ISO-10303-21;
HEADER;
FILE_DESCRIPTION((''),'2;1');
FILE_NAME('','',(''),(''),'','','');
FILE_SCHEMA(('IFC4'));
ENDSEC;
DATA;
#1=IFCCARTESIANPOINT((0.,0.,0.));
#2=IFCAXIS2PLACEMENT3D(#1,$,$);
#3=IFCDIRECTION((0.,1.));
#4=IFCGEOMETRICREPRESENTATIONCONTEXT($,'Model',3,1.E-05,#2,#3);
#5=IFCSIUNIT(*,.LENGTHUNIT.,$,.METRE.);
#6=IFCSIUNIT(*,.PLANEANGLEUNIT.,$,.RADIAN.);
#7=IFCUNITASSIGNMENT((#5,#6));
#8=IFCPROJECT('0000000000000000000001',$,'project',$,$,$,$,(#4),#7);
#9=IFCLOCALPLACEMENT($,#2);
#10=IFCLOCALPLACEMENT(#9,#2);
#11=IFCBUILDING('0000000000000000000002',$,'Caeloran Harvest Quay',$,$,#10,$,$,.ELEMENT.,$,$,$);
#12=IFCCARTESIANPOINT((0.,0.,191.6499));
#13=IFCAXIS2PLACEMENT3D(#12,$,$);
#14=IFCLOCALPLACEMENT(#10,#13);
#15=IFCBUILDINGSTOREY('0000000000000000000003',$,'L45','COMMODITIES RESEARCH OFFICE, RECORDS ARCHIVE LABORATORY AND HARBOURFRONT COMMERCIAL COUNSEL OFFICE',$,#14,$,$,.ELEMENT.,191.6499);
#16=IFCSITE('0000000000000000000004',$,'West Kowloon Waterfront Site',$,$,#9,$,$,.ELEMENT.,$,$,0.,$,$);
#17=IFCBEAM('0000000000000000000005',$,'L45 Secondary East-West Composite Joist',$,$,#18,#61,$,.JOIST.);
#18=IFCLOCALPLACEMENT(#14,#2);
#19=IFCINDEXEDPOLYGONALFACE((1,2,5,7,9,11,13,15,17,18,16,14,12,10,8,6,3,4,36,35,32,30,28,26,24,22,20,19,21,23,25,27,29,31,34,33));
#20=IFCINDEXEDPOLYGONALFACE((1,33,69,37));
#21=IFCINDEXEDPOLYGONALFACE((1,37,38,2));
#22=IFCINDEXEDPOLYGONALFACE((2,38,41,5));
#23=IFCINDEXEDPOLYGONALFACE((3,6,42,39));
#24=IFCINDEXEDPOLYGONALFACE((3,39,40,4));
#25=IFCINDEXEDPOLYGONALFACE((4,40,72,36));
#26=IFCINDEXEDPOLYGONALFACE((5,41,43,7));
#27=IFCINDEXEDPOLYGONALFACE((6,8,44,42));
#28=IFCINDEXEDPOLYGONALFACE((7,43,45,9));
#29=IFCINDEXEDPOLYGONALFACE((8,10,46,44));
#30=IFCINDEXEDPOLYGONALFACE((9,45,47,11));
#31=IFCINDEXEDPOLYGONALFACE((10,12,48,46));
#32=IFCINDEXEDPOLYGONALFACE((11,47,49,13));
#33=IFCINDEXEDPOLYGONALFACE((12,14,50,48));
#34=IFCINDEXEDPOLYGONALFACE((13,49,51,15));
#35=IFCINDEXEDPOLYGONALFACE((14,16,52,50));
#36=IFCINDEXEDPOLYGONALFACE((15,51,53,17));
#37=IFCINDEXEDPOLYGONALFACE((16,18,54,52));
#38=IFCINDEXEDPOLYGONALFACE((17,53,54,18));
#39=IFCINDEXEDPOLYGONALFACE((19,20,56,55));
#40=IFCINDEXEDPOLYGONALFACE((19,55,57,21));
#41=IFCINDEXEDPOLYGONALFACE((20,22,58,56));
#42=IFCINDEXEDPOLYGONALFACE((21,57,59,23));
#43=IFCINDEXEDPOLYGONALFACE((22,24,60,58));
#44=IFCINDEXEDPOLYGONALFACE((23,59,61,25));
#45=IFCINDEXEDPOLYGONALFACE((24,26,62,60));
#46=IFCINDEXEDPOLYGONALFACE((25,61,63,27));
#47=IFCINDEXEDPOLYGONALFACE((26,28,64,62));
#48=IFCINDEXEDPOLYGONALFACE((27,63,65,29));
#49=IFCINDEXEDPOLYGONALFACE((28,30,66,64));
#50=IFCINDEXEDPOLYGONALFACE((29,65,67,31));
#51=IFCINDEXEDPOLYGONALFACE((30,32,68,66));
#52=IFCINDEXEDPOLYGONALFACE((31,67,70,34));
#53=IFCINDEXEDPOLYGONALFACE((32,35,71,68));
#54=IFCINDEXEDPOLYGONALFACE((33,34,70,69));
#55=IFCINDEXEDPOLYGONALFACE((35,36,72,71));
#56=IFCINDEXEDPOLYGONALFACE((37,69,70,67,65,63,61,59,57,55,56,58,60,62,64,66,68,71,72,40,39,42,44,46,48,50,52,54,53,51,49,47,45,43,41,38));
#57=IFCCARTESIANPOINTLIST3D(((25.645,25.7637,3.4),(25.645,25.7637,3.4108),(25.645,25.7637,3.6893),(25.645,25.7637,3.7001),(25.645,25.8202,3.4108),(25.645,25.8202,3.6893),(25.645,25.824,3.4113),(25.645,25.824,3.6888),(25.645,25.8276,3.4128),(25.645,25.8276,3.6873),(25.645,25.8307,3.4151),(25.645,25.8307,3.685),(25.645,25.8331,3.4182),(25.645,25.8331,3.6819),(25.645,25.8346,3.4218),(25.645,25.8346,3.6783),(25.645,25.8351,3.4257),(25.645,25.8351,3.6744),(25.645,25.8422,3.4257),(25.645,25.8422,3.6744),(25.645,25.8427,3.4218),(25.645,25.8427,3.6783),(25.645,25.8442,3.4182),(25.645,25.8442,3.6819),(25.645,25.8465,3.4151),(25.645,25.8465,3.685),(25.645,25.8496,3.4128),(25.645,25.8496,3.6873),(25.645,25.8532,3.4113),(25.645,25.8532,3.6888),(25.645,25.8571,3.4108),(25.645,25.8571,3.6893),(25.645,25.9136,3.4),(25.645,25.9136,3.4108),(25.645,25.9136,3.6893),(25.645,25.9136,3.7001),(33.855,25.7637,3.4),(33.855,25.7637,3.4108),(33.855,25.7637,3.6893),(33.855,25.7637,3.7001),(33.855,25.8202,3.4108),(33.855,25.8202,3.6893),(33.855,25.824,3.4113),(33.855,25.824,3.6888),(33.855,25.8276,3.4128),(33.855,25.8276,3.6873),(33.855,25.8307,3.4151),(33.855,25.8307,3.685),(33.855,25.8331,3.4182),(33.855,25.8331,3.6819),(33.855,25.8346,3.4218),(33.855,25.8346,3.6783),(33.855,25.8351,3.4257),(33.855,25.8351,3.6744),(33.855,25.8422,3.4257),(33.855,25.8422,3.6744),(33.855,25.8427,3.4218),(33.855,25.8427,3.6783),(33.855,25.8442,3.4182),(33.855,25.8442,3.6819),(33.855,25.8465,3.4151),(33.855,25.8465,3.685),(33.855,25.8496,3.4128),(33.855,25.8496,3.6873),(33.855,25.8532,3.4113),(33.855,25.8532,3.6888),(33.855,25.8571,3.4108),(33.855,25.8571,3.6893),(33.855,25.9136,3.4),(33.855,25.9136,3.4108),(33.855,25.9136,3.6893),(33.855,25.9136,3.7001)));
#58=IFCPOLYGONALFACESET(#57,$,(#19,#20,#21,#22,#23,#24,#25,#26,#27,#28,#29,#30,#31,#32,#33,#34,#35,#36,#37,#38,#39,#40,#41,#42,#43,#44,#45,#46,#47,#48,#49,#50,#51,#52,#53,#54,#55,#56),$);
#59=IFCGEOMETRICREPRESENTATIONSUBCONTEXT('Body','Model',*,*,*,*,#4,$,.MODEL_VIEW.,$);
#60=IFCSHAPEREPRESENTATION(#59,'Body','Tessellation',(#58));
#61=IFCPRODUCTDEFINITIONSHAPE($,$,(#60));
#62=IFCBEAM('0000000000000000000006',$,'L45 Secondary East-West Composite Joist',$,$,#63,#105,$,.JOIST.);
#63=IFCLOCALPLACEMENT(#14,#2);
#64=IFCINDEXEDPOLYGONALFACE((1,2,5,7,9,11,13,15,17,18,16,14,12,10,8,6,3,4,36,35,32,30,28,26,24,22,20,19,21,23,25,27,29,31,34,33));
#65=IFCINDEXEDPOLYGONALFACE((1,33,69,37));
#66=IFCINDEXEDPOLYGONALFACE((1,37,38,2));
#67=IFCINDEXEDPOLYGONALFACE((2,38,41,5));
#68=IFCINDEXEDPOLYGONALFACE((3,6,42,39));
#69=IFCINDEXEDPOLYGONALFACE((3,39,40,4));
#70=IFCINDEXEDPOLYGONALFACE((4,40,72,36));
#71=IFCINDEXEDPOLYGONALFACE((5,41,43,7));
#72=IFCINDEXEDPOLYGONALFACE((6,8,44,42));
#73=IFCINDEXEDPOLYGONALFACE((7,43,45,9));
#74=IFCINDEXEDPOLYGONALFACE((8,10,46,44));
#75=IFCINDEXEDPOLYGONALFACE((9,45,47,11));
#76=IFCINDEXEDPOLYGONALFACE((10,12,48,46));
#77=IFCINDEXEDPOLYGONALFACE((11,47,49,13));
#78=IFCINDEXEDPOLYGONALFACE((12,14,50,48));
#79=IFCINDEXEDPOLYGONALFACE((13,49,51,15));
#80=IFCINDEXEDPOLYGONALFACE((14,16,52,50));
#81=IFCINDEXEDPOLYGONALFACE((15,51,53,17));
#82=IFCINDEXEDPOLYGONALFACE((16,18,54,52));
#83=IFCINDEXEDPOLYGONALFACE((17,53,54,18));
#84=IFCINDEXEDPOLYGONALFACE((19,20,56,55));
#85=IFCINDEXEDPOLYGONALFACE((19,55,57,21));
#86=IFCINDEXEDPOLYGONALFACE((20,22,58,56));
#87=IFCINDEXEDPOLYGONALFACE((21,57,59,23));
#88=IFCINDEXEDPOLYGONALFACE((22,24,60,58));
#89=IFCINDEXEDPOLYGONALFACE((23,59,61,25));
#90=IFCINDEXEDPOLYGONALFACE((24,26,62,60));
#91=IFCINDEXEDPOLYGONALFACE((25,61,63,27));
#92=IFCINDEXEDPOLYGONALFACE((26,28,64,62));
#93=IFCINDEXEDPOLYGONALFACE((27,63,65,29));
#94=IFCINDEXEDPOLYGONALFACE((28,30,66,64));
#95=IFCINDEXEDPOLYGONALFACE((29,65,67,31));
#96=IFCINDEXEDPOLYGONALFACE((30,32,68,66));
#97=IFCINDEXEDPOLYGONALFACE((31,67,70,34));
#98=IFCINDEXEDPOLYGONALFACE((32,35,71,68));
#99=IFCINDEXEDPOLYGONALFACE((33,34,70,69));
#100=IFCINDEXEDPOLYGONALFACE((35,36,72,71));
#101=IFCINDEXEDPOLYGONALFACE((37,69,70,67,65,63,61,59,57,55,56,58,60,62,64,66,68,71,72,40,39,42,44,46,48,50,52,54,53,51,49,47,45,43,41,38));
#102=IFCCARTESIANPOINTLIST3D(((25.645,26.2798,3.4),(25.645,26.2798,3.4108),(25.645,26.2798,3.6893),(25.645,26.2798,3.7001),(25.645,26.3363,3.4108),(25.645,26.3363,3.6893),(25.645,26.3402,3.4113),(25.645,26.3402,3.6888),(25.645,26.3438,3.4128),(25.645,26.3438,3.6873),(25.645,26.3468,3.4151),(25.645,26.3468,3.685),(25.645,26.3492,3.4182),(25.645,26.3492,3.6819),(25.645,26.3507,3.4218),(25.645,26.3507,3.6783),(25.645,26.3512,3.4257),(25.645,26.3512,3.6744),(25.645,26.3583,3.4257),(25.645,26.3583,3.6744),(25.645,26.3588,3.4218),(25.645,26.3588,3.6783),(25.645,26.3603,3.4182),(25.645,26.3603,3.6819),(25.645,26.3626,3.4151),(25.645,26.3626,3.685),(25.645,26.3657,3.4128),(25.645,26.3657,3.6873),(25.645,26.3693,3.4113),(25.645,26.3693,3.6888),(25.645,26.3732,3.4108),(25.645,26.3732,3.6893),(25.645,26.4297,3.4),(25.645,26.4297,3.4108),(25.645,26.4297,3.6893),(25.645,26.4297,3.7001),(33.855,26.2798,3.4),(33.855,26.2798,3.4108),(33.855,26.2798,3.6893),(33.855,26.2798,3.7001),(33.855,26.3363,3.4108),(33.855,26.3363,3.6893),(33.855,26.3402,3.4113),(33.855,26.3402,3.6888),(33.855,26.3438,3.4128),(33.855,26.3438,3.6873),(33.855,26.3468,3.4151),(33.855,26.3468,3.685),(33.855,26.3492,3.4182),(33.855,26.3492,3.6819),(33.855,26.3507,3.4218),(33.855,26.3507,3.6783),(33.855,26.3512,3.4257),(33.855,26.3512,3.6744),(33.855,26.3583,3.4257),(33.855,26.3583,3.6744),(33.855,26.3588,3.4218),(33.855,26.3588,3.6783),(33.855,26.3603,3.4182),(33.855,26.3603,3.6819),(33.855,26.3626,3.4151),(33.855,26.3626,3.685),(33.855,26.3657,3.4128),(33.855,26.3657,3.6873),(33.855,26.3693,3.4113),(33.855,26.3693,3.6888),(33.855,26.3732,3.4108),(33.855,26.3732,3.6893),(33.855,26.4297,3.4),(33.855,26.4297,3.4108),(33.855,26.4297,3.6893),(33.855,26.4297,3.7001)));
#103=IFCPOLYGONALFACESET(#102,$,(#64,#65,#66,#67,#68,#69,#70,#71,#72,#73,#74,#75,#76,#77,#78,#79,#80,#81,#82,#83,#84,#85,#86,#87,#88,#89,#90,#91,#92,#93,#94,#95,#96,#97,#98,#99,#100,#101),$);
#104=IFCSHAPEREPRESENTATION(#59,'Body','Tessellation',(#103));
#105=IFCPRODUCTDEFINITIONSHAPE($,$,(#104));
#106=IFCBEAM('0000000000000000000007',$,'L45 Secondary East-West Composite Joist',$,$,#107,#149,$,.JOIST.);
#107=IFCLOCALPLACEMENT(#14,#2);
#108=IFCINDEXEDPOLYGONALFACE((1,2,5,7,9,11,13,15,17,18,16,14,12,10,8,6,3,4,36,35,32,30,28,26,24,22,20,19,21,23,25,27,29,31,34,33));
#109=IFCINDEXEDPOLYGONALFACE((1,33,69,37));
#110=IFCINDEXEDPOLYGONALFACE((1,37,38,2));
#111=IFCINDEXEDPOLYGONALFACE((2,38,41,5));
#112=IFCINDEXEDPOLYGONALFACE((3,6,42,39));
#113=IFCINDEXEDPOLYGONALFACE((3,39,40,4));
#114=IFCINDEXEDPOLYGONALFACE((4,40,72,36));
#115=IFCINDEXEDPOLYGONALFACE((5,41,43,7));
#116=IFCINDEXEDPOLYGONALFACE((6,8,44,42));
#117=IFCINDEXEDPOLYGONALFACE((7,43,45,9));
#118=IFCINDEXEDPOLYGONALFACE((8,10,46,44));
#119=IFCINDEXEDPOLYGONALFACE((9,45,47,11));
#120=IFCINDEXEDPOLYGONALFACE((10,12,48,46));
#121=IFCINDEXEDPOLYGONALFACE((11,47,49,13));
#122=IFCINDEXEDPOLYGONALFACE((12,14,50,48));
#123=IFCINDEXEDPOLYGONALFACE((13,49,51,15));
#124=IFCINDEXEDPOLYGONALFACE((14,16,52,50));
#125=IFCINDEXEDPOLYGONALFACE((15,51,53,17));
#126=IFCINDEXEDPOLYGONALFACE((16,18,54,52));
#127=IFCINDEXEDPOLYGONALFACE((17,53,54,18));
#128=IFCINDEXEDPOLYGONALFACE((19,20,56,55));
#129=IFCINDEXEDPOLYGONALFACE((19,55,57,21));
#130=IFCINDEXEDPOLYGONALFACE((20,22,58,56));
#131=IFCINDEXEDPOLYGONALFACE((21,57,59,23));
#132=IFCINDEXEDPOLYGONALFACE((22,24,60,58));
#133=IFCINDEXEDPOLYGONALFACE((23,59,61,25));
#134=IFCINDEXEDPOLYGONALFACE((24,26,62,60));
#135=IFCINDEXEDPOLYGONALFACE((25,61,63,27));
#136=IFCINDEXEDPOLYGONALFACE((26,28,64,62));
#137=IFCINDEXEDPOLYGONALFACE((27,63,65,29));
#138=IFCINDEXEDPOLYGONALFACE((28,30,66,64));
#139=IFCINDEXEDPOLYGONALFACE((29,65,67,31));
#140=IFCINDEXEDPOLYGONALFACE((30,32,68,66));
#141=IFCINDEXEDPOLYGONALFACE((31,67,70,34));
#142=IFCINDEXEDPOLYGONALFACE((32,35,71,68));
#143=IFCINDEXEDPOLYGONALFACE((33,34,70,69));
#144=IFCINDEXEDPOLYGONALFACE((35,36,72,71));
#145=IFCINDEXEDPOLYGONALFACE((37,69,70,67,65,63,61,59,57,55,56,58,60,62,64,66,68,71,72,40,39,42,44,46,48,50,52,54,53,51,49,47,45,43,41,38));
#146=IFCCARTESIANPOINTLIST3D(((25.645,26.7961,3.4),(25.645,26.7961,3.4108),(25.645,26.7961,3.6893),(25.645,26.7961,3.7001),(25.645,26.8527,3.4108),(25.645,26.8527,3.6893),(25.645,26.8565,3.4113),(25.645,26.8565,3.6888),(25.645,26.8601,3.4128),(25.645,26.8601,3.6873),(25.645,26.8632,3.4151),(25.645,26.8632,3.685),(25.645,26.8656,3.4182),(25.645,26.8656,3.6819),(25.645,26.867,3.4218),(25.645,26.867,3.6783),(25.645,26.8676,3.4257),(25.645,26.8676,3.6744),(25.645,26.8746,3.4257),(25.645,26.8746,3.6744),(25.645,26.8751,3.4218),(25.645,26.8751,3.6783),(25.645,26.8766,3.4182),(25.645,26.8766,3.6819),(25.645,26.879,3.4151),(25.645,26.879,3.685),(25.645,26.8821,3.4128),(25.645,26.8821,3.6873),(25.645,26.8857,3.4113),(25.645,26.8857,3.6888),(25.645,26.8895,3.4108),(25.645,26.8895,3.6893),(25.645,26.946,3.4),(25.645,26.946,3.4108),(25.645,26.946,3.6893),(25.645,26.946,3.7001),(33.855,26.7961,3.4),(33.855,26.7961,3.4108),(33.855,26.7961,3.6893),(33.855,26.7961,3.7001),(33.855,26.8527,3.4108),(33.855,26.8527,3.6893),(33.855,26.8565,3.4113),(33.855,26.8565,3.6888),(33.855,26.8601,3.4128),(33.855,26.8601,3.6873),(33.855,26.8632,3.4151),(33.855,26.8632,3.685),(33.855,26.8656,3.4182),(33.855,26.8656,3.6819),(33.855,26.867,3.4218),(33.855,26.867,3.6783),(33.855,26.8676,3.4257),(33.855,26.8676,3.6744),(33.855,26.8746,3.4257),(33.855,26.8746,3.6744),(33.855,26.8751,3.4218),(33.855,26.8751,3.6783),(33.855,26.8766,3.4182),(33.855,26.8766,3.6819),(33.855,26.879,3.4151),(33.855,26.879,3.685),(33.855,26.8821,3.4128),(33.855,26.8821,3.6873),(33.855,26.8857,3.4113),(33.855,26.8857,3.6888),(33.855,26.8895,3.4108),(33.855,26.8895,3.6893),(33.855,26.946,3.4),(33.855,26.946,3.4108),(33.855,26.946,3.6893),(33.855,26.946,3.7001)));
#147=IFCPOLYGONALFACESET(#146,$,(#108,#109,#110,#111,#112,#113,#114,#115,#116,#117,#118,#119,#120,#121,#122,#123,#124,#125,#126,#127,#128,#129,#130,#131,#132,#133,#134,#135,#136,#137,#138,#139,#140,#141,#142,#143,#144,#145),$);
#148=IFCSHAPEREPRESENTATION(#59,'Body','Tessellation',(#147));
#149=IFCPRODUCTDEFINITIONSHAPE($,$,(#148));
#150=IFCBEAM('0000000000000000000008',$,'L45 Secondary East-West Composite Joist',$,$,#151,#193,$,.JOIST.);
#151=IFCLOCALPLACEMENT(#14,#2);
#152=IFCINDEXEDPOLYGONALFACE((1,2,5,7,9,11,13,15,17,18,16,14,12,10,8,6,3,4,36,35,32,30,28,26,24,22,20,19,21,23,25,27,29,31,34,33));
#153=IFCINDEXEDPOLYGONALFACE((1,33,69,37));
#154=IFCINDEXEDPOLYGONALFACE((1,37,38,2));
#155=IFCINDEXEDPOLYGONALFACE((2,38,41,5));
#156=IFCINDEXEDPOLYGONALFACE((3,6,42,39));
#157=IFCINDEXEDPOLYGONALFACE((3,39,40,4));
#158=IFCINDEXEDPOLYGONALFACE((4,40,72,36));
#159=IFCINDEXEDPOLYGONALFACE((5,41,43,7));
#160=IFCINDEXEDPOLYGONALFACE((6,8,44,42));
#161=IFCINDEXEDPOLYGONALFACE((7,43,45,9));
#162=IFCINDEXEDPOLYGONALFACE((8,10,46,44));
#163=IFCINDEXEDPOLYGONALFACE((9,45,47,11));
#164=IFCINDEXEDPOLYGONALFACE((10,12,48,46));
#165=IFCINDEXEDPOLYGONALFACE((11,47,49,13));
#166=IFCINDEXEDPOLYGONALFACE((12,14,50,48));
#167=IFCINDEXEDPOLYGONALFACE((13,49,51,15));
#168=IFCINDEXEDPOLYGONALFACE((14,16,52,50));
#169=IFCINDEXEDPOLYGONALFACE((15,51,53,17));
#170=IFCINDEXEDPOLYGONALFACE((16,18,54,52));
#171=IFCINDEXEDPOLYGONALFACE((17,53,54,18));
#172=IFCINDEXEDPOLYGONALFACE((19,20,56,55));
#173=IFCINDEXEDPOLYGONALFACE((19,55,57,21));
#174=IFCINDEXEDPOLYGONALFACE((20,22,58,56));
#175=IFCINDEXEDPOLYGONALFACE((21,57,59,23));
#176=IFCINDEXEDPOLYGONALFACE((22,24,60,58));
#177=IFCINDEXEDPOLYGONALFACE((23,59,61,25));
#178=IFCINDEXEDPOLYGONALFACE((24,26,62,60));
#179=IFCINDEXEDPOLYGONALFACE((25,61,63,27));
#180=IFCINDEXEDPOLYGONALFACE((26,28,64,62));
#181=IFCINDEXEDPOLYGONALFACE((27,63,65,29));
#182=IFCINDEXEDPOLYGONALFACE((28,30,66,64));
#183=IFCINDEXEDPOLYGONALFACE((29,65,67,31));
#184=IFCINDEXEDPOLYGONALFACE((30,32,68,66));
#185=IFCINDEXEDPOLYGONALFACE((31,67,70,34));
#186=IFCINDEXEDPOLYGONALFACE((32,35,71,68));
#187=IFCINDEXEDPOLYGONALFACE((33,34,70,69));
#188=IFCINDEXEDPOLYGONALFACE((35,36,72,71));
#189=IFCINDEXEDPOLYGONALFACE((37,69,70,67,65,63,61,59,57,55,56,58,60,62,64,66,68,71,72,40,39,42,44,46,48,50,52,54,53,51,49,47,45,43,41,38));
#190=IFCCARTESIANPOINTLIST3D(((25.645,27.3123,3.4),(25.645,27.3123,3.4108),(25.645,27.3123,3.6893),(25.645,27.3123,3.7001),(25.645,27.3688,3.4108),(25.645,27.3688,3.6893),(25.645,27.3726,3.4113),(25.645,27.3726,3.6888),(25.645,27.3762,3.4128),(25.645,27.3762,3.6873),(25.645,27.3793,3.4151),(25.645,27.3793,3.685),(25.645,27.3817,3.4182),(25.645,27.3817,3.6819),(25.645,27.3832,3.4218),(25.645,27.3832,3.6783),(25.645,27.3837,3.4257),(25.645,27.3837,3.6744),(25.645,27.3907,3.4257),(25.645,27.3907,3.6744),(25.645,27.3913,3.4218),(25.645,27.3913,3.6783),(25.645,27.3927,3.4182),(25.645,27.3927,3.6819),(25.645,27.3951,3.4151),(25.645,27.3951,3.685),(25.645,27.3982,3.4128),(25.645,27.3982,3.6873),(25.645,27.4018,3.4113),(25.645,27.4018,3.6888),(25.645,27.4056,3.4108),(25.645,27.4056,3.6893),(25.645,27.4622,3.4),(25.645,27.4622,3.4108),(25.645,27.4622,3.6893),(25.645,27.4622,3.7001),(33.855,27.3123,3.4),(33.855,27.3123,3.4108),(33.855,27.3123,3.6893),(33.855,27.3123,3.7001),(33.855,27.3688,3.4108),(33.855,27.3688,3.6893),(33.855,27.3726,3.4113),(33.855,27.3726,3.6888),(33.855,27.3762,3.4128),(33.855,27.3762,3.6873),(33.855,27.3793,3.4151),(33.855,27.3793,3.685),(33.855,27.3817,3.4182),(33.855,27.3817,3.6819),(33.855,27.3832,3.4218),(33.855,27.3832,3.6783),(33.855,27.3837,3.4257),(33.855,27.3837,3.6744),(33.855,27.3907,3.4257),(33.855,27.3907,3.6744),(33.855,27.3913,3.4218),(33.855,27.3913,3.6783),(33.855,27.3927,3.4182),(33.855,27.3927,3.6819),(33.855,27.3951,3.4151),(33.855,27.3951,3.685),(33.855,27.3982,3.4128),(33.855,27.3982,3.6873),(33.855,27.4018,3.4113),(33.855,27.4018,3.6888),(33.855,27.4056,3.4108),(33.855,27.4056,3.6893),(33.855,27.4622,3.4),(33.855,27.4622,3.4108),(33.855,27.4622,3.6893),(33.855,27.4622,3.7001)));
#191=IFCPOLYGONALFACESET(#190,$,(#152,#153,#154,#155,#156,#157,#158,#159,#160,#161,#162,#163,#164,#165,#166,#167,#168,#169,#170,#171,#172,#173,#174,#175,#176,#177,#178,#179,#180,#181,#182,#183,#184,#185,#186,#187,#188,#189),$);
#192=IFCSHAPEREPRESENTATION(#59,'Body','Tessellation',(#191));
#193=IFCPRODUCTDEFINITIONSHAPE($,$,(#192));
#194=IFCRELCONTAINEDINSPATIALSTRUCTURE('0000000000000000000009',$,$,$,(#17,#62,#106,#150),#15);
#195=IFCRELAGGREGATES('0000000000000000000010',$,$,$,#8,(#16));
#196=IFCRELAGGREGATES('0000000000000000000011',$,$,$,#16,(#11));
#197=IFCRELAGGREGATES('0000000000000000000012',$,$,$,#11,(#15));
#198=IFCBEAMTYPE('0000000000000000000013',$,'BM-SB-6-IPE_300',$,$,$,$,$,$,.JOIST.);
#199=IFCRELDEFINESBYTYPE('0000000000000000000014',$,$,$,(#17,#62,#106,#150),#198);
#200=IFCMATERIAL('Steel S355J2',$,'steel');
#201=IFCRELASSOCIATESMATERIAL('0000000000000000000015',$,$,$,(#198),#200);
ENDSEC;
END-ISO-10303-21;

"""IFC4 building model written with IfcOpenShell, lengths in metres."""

from ifc_helpers import new_model, si_unit, direction, frame, origin, origin_2d, place, context, subcontext, project, spatial, i_section, extrude, material, material_profile, profile_set, type_object, element, save


model = new_model("IFC4")

# Units and contexts
model_context = context("Model", 3, precision=1e-05, world=origin(), true_north=direction((0.0, 1.0)))
body_context = subcontext(model_context, "Body", "Model", "MODEL_VIEW")
ifc_project = project(units=[si_unit("LENGTHUNIT", "METRE"), si_unit("PLANEANGLEUNIT", "RADIAN")], contexts=[model_context])

# Site, building, storey
site_placement = place(None, origin())
site = spatial("IfcSite", under=ifc_project, at=site_placement, Name="West Kowloon Waterfront Site", CompositionType="ELEMENT", RefElevation=0.0)
building_placement = place(site_placement, origin())
building = spatial("IfcBuilding", under=site, at=building_placement, Name="Caeloran Harvest Quay", CompositionType="ELEMENT")
storey_placement = place(building_placement, frame((0.0, 0.0, 191.6499)))
storey = spatial("IfcBuildingStorey", under=building, at=storey_placement, Name="L45", Description="COMMODITIES RESEARCH OFFICE, RECORDS ARCHIVE LABORATORY AND HARBOURFRONT COMMERCIAL COUNSEL OFFICE", CompositionType="ELEMENT", Elevation=191.6499)

# Beams
ifc_material_1 = material(Name="Steel S355J2", Category="steel")
ifc_material_profile_1 = material_profile(ifc_material_1, i_section(OverallWidth=0.1499, OverallDepth=0.3, WebThickness=0.0071, FlangeThickness=0.0107, FilletRadius=0.0149, at=origin_2d()), Name="IPE 300")
ifc_profile_set_1 = profile_set([ifc_material_profile_1], Name="Steel S355J2")
beam_type_1 = type_object("IfcBeamType", Name="BM-SB-6-IPE_300", PredefinedType="JOIST", material=ifc_profile_set_1)
for number, where, z_axis, x_axis, name in (
    (1, (25.645, 25.8386, 3.55), (1.0, 0.0, 0.0), (0.0, 1.0, 0.0), "L45 Secondary East-West Composite Joist"),
    (2, (25.645, 26.3547, 3.55), (1.0, 0.0, 0.0), (0.0, 1.0, 0.0), "L45 Secondary East-West Composite Joist"),
    (3, (25.645, 26.8711, 3.55), (1.0, 0.0, 0.0), (0.0, 1.0, 0.0), "L45 Secondary East-West Composite Joist"),
    (4, (25.645, 27.3872, 3.55), (1.0, 0.0, 0.0), (0.0, 1.0, 0.0), "L45 Secondary East-West Composite Joist"),
):
    element("IfcBeam", number, at=place(storey_placement, frame(where, z_axis=z_axis, x_axis=x_axis)), inside=storey, type_object=beam_type_1, Name=name, PredefinedType="JOIST", context=body_context, shape_type="SweptSolid", body=[
        extrude(i_section(OverallWidth=0.1499, OverallDepth=0.3, WebThickness=0.0071, FlangeThickness=0.0107, FilletRadius=0.0149, at=origin_2d()), origin(), (0.0, 0.0, 1.0), 8.21),
    ])

save(model, "model.ifc")
